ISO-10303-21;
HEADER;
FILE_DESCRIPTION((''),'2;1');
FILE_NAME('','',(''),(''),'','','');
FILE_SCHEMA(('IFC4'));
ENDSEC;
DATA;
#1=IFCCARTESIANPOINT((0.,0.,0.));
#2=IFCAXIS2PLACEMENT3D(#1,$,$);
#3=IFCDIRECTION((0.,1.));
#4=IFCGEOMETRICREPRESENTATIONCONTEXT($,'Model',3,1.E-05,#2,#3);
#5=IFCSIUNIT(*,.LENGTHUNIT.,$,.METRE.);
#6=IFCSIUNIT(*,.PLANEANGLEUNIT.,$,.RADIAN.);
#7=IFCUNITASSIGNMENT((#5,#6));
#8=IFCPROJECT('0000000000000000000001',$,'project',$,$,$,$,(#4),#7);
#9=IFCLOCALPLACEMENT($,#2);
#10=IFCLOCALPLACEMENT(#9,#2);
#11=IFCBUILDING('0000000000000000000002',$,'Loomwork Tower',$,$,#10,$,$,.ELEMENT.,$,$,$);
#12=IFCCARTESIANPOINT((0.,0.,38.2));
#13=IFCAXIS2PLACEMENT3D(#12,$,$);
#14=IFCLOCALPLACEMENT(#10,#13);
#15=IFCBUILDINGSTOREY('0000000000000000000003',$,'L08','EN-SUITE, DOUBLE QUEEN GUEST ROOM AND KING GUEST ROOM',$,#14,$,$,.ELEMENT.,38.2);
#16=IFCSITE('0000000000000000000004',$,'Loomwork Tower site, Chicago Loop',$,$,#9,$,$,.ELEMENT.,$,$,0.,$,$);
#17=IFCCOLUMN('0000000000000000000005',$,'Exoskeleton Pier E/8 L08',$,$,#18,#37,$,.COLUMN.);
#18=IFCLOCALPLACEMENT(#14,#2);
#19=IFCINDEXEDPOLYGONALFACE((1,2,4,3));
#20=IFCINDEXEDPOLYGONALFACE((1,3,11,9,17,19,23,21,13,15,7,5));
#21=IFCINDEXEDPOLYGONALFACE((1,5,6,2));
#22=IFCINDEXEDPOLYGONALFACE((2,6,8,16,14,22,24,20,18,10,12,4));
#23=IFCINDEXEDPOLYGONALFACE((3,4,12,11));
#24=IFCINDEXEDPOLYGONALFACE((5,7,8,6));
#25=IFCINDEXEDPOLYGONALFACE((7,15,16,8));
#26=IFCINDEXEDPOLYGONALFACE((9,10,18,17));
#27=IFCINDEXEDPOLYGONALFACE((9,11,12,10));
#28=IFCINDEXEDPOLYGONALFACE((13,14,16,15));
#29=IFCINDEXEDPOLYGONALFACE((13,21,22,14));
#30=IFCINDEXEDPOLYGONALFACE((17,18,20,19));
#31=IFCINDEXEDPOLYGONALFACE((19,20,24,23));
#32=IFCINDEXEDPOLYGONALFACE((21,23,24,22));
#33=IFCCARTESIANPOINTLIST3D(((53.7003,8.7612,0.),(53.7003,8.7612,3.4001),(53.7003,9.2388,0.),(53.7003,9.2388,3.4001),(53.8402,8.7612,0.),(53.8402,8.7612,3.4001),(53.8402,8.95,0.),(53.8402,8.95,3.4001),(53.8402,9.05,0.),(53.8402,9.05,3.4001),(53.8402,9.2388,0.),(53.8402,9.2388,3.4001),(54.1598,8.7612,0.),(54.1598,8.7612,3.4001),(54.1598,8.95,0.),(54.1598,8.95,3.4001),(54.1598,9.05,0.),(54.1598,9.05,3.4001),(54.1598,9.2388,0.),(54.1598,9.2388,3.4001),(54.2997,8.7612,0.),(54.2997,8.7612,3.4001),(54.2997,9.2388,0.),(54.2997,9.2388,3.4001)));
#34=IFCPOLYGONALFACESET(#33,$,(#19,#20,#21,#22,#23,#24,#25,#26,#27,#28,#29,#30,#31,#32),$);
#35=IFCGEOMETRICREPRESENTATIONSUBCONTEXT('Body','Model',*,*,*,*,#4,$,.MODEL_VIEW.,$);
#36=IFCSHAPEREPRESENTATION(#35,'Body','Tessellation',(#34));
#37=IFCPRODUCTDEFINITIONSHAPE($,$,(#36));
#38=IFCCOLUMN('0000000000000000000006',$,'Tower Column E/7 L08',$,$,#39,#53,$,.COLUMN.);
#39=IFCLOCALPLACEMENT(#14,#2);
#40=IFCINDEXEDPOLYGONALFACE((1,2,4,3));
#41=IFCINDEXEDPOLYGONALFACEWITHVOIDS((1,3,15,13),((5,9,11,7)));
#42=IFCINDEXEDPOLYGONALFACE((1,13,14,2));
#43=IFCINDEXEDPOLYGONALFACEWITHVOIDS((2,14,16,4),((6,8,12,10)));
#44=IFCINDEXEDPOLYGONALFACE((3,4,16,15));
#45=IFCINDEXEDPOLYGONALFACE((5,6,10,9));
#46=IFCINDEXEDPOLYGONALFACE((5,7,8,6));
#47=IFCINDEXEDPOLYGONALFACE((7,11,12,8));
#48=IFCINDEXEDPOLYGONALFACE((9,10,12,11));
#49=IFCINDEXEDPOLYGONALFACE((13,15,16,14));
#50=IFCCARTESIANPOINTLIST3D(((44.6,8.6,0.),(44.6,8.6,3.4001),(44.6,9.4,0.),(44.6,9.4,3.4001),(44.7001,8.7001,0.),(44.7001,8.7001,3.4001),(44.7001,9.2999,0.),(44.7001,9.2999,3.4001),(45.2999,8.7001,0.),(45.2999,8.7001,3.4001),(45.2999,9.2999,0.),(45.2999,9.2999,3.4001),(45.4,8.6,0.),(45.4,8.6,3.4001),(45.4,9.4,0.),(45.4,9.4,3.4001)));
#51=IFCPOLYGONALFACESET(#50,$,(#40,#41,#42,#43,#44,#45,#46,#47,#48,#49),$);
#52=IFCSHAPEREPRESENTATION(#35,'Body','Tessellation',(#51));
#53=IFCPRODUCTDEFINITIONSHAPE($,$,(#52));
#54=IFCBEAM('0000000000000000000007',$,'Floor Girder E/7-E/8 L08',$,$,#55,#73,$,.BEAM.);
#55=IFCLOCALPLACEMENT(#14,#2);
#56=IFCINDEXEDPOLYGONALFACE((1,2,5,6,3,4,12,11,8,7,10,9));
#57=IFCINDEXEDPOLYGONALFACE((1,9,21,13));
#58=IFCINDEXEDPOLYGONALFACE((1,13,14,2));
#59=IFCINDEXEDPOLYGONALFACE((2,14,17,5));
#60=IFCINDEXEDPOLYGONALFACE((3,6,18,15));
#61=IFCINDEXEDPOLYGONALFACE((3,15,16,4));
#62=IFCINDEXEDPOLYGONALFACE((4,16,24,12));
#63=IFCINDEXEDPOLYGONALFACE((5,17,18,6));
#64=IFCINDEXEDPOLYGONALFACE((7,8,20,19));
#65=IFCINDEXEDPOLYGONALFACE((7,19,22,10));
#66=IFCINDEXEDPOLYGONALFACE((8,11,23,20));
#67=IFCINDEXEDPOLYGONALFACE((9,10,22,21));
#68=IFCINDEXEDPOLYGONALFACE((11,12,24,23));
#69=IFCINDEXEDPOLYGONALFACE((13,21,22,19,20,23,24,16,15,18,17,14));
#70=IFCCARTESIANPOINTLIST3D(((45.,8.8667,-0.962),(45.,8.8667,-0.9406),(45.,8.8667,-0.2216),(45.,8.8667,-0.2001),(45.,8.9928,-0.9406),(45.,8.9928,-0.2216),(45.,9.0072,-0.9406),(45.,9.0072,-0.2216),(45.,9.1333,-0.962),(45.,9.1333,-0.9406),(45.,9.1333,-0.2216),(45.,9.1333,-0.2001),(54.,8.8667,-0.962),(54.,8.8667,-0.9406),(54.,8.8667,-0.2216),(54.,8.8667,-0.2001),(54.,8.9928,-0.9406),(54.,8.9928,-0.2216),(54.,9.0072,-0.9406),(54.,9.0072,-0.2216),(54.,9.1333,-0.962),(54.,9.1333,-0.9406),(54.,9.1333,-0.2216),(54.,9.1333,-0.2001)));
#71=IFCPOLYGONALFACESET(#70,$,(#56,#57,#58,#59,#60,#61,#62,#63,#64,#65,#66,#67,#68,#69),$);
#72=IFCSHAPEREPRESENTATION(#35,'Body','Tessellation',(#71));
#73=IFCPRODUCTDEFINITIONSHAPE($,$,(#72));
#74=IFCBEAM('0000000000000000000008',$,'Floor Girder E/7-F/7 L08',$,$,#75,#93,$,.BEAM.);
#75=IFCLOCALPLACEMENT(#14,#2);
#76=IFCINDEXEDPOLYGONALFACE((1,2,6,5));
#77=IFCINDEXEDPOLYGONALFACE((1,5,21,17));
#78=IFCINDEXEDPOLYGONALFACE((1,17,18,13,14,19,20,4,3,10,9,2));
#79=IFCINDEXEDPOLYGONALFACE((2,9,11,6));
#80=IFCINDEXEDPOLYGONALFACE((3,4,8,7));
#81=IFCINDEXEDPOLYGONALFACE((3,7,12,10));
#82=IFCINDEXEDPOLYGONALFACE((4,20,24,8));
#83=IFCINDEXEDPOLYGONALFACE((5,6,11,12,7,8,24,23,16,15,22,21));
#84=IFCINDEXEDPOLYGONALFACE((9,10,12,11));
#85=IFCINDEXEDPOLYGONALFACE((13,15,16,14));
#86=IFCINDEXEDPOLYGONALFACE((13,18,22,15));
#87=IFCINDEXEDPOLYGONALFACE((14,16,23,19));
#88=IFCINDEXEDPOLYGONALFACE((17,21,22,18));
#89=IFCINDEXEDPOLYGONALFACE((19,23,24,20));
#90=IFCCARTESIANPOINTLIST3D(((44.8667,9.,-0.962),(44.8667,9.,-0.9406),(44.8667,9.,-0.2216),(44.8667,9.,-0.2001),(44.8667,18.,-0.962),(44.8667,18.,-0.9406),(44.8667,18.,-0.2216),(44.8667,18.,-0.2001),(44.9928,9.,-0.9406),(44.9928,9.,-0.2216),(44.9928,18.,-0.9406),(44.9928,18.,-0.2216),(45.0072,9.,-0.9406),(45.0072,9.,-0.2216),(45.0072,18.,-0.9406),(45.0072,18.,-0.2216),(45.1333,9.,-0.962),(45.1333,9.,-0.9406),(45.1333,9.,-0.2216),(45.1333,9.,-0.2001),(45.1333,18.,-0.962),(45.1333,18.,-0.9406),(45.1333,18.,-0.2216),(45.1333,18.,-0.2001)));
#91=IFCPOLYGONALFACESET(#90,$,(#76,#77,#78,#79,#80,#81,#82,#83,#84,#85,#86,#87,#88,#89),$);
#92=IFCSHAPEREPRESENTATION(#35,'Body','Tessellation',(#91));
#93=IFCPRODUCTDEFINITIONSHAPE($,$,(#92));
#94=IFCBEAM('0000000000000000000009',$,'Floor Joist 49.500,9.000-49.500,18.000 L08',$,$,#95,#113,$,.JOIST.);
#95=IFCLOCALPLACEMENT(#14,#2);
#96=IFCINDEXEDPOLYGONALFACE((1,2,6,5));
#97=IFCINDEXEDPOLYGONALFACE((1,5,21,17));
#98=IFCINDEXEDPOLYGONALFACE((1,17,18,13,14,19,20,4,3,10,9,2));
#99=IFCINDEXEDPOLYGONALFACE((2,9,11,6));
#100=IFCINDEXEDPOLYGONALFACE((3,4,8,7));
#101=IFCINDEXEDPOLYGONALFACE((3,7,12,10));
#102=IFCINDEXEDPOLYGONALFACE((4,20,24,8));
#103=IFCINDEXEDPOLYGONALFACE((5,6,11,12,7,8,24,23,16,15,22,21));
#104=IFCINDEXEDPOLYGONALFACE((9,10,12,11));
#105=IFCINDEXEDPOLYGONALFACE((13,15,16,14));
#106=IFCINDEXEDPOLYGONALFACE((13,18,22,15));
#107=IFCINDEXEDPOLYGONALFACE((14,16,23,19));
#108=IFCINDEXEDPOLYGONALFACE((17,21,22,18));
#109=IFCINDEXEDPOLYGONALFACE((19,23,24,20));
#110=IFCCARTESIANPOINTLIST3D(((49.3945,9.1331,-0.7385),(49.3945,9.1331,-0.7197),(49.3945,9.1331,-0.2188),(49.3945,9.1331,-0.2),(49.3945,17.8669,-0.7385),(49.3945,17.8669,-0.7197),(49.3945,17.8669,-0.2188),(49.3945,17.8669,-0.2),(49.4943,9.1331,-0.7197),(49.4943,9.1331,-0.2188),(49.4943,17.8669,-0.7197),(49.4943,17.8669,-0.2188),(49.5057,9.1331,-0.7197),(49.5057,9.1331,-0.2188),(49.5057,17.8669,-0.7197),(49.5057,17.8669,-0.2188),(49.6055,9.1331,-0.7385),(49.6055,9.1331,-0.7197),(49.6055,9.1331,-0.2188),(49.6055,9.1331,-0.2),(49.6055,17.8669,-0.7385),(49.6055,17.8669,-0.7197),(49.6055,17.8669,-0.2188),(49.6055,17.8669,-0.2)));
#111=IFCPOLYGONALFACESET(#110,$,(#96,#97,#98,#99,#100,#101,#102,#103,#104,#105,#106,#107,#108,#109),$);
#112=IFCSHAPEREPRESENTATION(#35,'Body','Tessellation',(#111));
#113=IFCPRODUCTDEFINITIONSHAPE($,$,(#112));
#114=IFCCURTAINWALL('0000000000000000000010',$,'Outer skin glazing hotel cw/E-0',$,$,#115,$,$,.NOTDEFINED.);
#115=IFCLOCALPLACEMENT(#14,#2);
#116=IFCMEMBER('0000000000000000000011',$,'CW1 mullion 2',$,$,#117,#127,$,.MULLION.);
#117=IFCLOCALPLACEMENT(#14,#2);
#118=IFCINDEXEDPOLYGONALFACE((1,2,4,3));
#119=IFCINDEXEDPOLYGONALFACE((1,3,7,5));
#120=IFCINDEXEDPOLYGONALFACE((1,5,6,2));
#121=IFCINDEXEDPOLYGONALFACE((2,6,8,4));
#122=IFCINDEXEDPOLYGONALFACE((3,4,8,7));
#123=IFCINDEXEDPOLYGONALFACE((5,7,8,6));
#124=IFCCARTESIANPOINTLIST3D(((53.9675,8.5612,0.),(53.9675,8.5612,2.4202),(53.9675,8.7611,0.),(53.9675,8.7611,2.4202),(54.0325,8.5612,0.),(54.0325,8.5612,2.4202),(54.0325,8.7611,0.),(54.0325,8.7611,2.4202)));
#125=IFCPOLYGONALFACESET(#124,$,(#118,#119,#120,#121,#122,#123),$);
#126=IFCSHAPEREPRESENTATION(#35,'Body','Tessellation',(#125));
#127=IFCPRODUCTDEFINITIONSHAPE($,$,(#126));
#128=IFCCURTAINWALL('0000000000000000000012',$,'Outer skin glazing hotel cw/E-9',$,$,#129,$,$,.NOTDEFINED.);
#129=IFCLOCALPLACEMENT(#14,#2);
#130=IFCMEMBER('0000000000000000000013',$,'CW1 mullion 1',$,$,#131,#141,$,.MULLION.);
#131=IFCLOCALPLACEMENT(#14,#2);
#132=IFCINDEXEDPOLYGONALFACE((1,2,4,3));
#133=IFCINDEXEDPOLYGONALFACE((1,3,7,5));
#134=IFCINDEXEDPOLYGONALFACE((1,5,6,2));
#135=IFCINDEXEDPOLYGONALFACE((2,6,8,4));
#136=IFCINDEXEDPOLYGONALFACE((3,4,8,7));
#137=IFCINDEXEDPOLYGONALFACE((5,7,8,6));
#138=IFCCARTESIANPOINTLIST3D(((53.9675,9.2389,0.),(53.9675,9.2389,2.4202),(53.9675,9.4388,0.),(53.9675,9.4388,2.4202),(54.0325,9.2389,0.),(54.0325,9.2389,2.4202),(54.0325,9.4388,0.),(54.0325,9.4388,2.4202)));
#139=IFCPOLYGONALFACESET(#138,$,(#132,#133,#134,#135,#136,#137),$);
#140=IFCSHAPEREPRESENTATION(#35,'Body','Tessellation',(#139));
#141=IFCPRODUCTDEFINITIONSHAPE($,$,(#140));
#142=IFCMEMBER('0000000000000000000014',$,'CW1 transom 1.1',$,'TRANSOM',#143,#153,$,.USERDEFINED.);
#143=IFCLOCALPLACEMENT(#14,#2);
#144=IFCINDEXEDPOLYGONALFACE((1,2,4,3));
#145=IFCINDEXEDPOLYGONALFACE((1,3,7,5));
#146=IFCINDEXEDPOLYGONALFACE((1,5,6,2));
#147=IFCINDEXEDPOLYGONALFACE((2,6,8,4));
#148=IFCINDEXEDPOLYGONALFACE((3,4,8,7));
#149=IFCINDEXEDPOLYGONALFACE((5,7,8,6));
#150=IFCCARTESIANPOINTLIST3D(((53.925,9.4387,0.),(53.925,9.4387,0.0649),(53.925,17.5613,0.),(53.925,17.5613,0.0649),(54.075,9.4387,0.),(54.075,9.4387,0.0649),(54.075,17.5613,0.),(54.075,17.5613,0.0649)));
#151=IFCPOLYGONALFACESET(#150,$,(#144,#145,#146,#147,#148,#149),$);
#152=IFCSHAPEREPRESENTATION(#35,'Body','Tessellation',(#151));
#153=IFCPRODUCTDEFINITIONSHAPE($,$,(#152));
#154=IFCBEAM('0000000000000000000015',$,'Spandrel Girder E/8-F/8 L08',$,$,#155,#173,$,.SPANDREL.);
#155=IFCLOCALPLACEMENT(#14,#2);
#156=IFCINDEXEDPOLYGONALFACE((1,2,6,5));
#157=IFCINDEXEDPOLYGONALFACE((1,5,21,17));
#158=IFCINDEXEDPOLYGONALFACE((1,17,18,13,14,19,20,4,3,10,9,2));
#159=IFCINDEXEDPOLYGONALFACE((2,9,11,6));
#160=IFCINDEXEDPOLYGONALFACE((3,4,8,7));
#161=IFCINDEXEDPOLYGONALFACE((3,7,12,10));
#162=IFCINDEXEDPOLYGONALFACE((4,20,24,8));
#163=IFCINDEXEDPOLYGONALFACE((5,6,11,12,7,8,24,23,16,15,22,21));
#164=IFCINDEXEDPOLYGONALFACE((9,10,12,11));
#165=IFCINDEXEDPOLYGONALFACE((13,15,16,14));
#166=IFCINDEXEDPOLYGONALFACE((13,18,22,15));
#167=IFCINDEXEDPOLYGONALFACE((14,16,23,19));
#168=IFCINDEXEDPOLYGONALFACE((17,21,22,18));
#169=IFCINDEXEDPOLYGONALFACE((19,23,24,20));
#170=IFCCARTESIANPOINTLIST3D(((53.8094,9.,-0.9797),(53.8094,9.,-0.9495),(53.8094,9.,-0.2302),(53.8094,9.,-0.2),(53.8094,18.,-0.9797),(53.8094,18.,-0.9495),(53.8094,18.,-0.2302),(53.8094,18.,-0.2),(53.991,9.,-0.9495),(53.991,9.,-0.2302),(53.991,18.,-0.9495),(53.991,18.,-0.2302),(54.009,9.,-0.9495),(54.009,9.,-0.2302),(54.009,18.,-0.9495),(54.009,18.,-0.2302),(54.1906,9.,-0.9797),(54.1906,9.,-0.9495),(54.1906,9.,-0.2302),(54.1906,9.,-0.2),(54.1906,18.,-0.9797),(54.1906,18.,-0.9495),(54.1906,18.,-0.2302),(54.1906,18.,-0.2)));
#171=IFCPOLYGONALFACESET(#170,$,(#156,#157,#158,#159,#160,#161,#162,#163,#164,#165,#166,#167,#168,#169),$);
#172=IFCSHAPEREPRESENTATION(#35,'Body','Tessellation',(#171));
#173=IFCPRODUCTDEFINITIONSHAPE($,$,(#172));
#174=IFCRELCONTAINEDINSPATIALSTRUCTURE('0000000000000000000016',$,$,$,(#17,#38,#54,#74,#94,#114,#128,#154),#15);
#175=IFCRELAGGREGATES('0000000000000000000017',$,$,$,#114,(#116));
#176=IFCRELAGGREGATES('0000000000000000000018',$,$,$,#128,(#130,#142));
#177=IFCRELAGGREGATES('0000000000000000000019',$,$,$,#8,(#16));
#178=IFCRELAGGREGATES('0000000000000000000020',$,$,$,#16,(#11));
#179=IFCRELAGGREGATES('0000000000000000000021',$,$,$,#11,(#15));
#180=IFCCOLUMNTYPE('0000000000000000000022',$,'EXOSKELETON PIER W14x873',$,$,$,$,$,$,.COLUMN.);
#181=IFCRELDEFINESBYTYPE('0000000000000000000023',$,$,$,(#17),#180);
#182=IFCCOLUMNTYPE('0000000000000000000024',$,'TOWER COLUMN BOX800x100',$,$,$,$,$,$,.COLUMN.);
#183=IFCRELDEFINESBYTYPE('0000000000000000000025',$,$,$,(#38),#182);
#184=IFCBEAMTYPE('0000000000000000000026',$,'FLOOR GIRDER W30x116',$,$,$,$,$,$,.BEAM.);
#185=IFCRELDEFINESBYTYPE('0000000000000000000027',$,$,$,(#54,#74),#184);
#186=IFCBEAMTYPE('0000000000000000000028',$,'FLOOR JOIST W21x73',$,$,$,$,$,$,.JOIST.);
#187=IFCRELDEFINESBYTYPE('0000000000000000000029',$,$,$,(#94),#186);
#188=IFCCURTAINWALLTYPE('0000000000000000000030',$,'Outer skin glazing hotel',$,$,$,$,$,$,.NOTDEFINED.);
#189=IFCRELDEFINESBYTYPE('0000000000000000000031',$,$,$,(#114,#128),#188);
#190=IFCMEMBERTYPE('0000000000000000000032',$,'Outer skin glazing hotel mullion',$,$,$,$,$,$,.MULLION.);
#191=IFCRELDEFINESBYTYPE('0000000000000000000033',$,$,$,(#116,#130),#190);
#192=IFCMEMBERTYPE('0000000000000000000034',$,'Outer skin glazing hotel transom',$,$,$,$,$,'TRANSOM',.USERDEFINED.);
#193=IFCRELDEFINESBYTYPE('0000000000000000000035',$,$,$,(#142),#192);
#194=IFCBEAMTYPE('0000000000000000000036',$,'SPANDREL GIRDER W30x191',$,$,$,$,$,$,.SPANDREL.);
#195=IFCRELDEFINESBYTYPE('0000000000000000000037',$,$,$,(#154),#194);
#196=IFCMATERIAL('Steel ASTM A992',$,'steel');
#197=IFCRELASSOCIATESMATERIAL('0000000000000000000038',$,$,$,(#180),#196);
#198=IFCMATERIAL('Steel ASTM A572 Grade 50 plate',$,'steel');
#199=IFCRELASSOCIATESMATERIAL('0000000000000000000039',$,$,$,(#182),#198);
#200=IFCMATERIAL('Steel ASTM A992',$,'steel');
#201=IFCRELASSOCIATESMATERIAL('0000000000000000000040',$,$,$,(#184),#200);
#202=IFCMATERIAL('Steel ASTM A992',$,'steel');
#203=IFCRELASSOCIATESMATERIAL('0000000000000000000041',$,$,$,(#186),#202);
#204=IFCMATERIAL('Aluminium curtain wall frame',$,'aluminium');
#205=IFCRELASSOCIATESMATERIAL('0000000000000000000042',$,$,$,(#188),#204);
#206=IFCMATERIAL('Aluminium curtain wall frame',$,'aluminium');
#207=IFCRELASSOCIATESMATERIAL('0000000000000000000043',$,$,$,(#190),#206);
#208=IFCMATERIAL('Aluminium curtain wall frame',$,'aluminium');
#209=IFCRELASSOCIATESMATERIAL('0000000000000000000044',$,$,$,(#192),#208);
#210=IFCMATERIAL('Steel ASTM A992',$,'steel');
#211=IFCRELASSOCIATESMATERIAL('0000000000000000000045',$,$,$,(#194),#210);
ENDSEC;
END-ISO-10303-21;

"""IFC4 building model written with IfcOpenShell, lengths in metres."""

from ifc_helpers import new_model, si_unit, direction, frame, origin, origin_2d, place, context, subcontext, project, spatial, rectangle, hollow_rectangle, i_section, extrude, material, material_profile, profile_set, type_object, element, aggregate, save


model = new_model("IFC4")

# Units and contexts
model_context = context("Model", 3, precision=1e-05, world=origin(), true_north=direction((0.0, 1.0)))
body_context = subcontext(model_context, "Body", "Model", "MODEL_VIEW")
ifc_project = project(units=[si_unit("LENGTHUNIT", "METRE"), si_unit("PLANEANGLEUNIT", "RADIAN")], contexts=[model_context])

# Site, building, storey
site_placement = place(None, origin())
site = spatial("IfcSite", under=ifc_project, at=site_placement, Name="Loomwork Tower site, Chicago Loop", CompositionType="ELEMENT", RefElevation=0.0)
building_placement = place(site_placement, origin())
building = spatial("IfcBuilding", under=site, at=building_placement, Name="Loomwork Tower", CompositionType="ELEMENT")
storey_placement = place(building_placement, frame((0.0, 0.0, 38.2)))
storey = spatial("IfcBuildingStorey", under=building, at=storey_placement, Name="L08", Description="EN-SUITE, DOUBLE QUEEN GUEST ROOM AND KING GUEST ROOM", CompositionType="ELEMENT", Elevation=38.2)

# Columns
ifc_material_1 = material(Name="Steel ASTM A992", Category="steel")
ifc_material_profile_1 = material_profile(ifc_material_1, i_section(OverallWidth=0.4775, OverallDepth=0.5994, WebThickness=0.1001, FlangeThickness=0.1399, at=origin_2d()), Name="W14x873")
ifc_profile_set_1 = profile_set([ifc_material_profile_1], Name="Steel ASTM A992")
column_type_1 = type_object("IfcColumnType", Name="EXOSKELETON PIER W14x873", PredefinedType="COLUMN", material=ifc_profile_set_1)
column_1_placement = place(storey_placement, frame((54.0, 9.0, 0.0), z_axis=(0.0, 0.0, 1.0), x_axis=(0.0, 1.0, 0.0)))
element("IfcColumn", 1, at=column_1_placement, inside=storey, type_object=column_type_1, Name="Exoskeleton Pier E/8 L08", PredefinedType="COLUMN", context=body_context, shape_type="SweptSolid", body=[
    extrude(i_section(OverallWidth=0.4775, OverallDepth=0.5994, WebThickness=0.1001, FlangeThickness=0.1399, at=origin_2d()), origin(), (0.0, 0.0, 1.0), 3.4001),
])
ifc_material_2 = material(Name="Steel ASTM A572 Grade 50 plate", Category="steel")
ifc_material_profile_2 = material_profile(ifc_material_2, hollow_rectangle(XDim=0.8, YDim=0.8, WallThickness=0.1001, at=origin_2d()), Name="BOX800x100")
ifc_profile_set_2 = profile_set([ifc_material_profile_2], Name="Steel ASTM A572 Grade 50 plate")
column_type_2 = type_object("IfcColumnType", Name="TOWER COLUMN BOX800x100", PredefinedType="COLUMN", material=ifc_profile_set_2)
column_2_placement = place(storey_placement, frame((45.0, 9.0, 0.0), z_axis=(0.0, 0.0, 1.0), x_axis=(0.0, 1.0, 0.0)))
element("IfcColumn", 2, at=column_2_placement, inside=storey, type_object=column_type_2, Name="Tower Column E/7 L08", PredefinedType="COLUMN", context=body_context, shape_type="SweptSolid", body=[
    extrude(hollow_rectangle(XDim=0.8, YDim=0.8, WallThickness=0.1001, at=origin_2d()), origin(), (0.0, 0.0, 1.0), 3.4001),
])

# Beams
ifc_material_3 = material(Name="Steel ASTM A992", Category="steel")
ifc_material_profile_3 = material_profile(ifc_material_3, i_section(OverallWidth=0.2666, OverallDepth=0.762, WebThickness=0.0144, FlangeThickness=0.0215, at=origin_2d()), Name="W30x116")
ifc_profile_set_3 = profile_set([ifc_material_profile_3], Name="Steel ASTM A992")
beam_type_1 = type_object("IfcBeamType", Name="FLOOR GIRDER W30x116", PredefinedType="BEAM", material=ifc_profile_set_3)
for number, where, z_axis, x_axis, name in (
    (3, (45.0, 9.0, -0.5811), (1.0, 0.0, 0.0), (0.0, 1.0, 0.0), "Floor Girder E/7-E/8 L08"),
    (4, (45.0, 9.0, -0.5811), (0.0, 1.0, 0.0), (-1.0, 0.0, 0.0), "Floor Girder E/7-F/7 L08"),
):
    element("IfcBeam", number, at=place(storey_placement, frame(where, z_axis=z_axis, x_axis=x_axis)), inside=storey, type_object=beam_type_1, Name=name, PredefinedType="BEAM", context=body_context, shape_type="SweptSolid", body=[
        extrude(i_section(OverallWidth=0.2666, OverallDepth=0.762, WebThickness=0.0144, FlangeThickness=0.0215, at=origin_2d()), origin(), (0.0, 0.0, 1.0), 9.0),
    ])
ifc_material_4 = material(Name="Steel ASTM A992", Category="steel")
ifc_material_profile_4 = material_profile(ifc_material_4, i_section(OverallWidth=0.2109, OverallDepth=0.5386, WebThickness=0.0115, FlangeThickness=0.0188, at=origin_2d()), Name="W21x73")
ifc_profile_set_4 = profile_set([ifc_material_profile_4], Name="Steel ASTM A992")
beam_type_2 = type_object("IfcBeamType", Name="FLOOR JOIST W21x73", PredefinedType="JOIST", material=ifc_profile_set_4)
beam_1_placement = place(storey_placement, frame((49.5, 9.1331, -0.4692), z_axis=(0.0, 1.0, 0.0), x_axis=(-1.0, 0.0, 0.0)))
element("IfcBeam", 5, at=beam_1_placement, inside=storey, type_object=beam_type_2, Name="Floor Joist 49.500,9.000-49.500,18.000 L08", PredefinedType="JOIST", context=body_context, shape_type="SweptSolid", body=[
    extrude(i_section(OverallWidth=0.2109, OverallDepth=0.5386, WebThickness=0.0115, FlangeThickness=0.0188, at=origin_2d()), origin(), (0.0, 0.0, 1.0), 8.7339),
])

# Curtain wall, member
ifc_material_5 = material(Name="Aluminium curtain wall frame", Category="aluminium")
curtain_wall_type = type_object("IfcCurtainWallType", Name="Outer skin glazing hotel", PredefinedType="NOTDEFINED", material=ifc_material_5)
curtain_wall_1_placement = place(storey_placement, origin())
curtain_wall_1 = element("IfcCurtainWall", 6, at=curtain_wall_1_placement, inside=storey, type_object=curtain_wall_type, Name="Outer skin glazing hotel cw/E-0", PredefinedType="NOTDEFINED")
ifc_material_6 = material(Name="Aluminium curtain wall frame", Category="aluminium")
ifc_material_profile_5 = material_profile(ifc_material_6, rectangle(XDim=0.0649, YDim=0.2, at=origin_2d()), Name="AL 65x200")
ifc_profile_set_5 = profile_set([ifc_material_profile_5], Name="Aluminium curtain wall frame")
member_type_1 = type_object("IfcMemberType", Name="Outer skin glazing hotel mullion", PredefinedType="MULLION", material=ifc_profile_set_5)
member_1_placement = place(storey_placement, frame((54.0, 8.6611, 0.0), z_axis=(0.0, 0.0, 1.0), x_axis=(-1.0, 0.0, 0.0)))
member_1 = element("IfcMember", 7, at=member_1_placement, type_object=member_type_1, Name="CW1 mullion 2", PredefinedType="MULLION", context=body_context, shape_type="SweptSolid", body=[
    extrude(rectangle(XDim=0.0649, YDim=0.2, at=origin_2d()), origin(), (0.0, 0.0, 1.0), 2.4202),
])
aggregate(curtain_wall_1, [member_1])

# Curtain wall, members
curtain_wall_2_placement = place(storey_placement, origin())
curtain_wall_2 = element("IfcCurtainWall", 8, at=curtain_wall_2_placement, inside=storey, type_object=curtain_wall_type, Name="Outer skin glazing hotel cw/E-9", PredefinedType="NOTDEFINED")
member_2_placement = place(storey_placement, frame((54.0, 9.3389, 0.0), z_axis=(0.0, 0.0, 1.0), x_axis=(-1.0, 0.0, 0.0)))
member_2 = element("IfcMember", 9, at=member_2_placement, type_object=member_type_1, Name="CW1 mullion 1", PredefinedType="MULLION", context=body_context, shape_type="SweptSolid", body=[
    extrude(rectangle(XDim=0.0649, YDim=0.2, at=origin_2d()), origin(), (0.0, 0.0, 1.0), 2.4202),
])
ifc_material_7 = material(Name="Aluminium curtain wall frame", Category="aluminium")
ifc_material_profile_6 = material_profile(ifc_material_7, rectangle(XDim=0.1499, YDim=0.0649, at=origin_2d()), Name="AL 65x150")
ifc_profile_set_6 = profile_set([ifc_material_profile_6], Name="Aluminium curtain wall frame")
member_type_2 = type_object("IfcMemberType", Name="Outer skin glazing hotel transom", ElementType="TRANSOM", PredefinedType="USERDEFINED", material=ifc_profile_set_6)
member_3_placement = place(storey_placement, frame((54.0, 9.4387, 0.0325), z_axis=(0.0, 1.0, 0.0), x_axis=(-1.0, 0.0, 0.0)))
member_3 = element("IfcMember", 10, at=member_3_placement, type_object=member_type_2, Name="CW1 transom 1.1", ObjectType="TRANSOM", PredefinedType="USERDEFINED", context=body_context, shape_type="SweptSolid", body=[
    extrude(rectangle(XDim=0.1499, YDim=0.0649, at=origin_2d()), origin(), (0.0, 0.0, 1.0), 8.1226),
])
aggregate(curtain_wall_2, [member_2, member_3])

# Beam
ifc_material_8 = material(Name="Steel ASTM A992", Category="steel")
ifc_material_profile_7 = material_profile(ifc_material_8, i_section(OverallWidth=0.3811, OverallDepth=0.7798, WebThickness=0.0181, FlangeThickness=0.0303, at=origin_2d()), Name="W30x191")
ifc_profile_set_7 = profile_set([ifc_material_profile_7], Name="Steel ASTM A992")
beam_type_3 = type_object("IfcBeamType", Name="SPANDREL GIRDER W30x191", PredefinedType="SPANDREL", material=ifc_profile_set_7)
beam_2_placement = place(storey_placement, frame((54.0, 9.0, -0.5898), z_axis=(0.0, 1.0, 0.0), x_axis=(-1.0, 0.0, 0.0)))
element("IfcBeam", 11, at=beam_2_placement, inside=storey, type_object=beam_type_3, Name="Spandrel Girder E/8-F/8 L08", PredefinedType="SPANDREL", context=body_context, shape_type="SweptSolid", body=[
    extrude(i_section(OverallWidth=0.3811, OverallDepth=0.7798, WebThickness=0.0181, FlangeThickness=0.0303, at=origin_2d()), origin(), (0.0, 0.0, 1.0), 9.0),
])

save(model, "model.ifc")
